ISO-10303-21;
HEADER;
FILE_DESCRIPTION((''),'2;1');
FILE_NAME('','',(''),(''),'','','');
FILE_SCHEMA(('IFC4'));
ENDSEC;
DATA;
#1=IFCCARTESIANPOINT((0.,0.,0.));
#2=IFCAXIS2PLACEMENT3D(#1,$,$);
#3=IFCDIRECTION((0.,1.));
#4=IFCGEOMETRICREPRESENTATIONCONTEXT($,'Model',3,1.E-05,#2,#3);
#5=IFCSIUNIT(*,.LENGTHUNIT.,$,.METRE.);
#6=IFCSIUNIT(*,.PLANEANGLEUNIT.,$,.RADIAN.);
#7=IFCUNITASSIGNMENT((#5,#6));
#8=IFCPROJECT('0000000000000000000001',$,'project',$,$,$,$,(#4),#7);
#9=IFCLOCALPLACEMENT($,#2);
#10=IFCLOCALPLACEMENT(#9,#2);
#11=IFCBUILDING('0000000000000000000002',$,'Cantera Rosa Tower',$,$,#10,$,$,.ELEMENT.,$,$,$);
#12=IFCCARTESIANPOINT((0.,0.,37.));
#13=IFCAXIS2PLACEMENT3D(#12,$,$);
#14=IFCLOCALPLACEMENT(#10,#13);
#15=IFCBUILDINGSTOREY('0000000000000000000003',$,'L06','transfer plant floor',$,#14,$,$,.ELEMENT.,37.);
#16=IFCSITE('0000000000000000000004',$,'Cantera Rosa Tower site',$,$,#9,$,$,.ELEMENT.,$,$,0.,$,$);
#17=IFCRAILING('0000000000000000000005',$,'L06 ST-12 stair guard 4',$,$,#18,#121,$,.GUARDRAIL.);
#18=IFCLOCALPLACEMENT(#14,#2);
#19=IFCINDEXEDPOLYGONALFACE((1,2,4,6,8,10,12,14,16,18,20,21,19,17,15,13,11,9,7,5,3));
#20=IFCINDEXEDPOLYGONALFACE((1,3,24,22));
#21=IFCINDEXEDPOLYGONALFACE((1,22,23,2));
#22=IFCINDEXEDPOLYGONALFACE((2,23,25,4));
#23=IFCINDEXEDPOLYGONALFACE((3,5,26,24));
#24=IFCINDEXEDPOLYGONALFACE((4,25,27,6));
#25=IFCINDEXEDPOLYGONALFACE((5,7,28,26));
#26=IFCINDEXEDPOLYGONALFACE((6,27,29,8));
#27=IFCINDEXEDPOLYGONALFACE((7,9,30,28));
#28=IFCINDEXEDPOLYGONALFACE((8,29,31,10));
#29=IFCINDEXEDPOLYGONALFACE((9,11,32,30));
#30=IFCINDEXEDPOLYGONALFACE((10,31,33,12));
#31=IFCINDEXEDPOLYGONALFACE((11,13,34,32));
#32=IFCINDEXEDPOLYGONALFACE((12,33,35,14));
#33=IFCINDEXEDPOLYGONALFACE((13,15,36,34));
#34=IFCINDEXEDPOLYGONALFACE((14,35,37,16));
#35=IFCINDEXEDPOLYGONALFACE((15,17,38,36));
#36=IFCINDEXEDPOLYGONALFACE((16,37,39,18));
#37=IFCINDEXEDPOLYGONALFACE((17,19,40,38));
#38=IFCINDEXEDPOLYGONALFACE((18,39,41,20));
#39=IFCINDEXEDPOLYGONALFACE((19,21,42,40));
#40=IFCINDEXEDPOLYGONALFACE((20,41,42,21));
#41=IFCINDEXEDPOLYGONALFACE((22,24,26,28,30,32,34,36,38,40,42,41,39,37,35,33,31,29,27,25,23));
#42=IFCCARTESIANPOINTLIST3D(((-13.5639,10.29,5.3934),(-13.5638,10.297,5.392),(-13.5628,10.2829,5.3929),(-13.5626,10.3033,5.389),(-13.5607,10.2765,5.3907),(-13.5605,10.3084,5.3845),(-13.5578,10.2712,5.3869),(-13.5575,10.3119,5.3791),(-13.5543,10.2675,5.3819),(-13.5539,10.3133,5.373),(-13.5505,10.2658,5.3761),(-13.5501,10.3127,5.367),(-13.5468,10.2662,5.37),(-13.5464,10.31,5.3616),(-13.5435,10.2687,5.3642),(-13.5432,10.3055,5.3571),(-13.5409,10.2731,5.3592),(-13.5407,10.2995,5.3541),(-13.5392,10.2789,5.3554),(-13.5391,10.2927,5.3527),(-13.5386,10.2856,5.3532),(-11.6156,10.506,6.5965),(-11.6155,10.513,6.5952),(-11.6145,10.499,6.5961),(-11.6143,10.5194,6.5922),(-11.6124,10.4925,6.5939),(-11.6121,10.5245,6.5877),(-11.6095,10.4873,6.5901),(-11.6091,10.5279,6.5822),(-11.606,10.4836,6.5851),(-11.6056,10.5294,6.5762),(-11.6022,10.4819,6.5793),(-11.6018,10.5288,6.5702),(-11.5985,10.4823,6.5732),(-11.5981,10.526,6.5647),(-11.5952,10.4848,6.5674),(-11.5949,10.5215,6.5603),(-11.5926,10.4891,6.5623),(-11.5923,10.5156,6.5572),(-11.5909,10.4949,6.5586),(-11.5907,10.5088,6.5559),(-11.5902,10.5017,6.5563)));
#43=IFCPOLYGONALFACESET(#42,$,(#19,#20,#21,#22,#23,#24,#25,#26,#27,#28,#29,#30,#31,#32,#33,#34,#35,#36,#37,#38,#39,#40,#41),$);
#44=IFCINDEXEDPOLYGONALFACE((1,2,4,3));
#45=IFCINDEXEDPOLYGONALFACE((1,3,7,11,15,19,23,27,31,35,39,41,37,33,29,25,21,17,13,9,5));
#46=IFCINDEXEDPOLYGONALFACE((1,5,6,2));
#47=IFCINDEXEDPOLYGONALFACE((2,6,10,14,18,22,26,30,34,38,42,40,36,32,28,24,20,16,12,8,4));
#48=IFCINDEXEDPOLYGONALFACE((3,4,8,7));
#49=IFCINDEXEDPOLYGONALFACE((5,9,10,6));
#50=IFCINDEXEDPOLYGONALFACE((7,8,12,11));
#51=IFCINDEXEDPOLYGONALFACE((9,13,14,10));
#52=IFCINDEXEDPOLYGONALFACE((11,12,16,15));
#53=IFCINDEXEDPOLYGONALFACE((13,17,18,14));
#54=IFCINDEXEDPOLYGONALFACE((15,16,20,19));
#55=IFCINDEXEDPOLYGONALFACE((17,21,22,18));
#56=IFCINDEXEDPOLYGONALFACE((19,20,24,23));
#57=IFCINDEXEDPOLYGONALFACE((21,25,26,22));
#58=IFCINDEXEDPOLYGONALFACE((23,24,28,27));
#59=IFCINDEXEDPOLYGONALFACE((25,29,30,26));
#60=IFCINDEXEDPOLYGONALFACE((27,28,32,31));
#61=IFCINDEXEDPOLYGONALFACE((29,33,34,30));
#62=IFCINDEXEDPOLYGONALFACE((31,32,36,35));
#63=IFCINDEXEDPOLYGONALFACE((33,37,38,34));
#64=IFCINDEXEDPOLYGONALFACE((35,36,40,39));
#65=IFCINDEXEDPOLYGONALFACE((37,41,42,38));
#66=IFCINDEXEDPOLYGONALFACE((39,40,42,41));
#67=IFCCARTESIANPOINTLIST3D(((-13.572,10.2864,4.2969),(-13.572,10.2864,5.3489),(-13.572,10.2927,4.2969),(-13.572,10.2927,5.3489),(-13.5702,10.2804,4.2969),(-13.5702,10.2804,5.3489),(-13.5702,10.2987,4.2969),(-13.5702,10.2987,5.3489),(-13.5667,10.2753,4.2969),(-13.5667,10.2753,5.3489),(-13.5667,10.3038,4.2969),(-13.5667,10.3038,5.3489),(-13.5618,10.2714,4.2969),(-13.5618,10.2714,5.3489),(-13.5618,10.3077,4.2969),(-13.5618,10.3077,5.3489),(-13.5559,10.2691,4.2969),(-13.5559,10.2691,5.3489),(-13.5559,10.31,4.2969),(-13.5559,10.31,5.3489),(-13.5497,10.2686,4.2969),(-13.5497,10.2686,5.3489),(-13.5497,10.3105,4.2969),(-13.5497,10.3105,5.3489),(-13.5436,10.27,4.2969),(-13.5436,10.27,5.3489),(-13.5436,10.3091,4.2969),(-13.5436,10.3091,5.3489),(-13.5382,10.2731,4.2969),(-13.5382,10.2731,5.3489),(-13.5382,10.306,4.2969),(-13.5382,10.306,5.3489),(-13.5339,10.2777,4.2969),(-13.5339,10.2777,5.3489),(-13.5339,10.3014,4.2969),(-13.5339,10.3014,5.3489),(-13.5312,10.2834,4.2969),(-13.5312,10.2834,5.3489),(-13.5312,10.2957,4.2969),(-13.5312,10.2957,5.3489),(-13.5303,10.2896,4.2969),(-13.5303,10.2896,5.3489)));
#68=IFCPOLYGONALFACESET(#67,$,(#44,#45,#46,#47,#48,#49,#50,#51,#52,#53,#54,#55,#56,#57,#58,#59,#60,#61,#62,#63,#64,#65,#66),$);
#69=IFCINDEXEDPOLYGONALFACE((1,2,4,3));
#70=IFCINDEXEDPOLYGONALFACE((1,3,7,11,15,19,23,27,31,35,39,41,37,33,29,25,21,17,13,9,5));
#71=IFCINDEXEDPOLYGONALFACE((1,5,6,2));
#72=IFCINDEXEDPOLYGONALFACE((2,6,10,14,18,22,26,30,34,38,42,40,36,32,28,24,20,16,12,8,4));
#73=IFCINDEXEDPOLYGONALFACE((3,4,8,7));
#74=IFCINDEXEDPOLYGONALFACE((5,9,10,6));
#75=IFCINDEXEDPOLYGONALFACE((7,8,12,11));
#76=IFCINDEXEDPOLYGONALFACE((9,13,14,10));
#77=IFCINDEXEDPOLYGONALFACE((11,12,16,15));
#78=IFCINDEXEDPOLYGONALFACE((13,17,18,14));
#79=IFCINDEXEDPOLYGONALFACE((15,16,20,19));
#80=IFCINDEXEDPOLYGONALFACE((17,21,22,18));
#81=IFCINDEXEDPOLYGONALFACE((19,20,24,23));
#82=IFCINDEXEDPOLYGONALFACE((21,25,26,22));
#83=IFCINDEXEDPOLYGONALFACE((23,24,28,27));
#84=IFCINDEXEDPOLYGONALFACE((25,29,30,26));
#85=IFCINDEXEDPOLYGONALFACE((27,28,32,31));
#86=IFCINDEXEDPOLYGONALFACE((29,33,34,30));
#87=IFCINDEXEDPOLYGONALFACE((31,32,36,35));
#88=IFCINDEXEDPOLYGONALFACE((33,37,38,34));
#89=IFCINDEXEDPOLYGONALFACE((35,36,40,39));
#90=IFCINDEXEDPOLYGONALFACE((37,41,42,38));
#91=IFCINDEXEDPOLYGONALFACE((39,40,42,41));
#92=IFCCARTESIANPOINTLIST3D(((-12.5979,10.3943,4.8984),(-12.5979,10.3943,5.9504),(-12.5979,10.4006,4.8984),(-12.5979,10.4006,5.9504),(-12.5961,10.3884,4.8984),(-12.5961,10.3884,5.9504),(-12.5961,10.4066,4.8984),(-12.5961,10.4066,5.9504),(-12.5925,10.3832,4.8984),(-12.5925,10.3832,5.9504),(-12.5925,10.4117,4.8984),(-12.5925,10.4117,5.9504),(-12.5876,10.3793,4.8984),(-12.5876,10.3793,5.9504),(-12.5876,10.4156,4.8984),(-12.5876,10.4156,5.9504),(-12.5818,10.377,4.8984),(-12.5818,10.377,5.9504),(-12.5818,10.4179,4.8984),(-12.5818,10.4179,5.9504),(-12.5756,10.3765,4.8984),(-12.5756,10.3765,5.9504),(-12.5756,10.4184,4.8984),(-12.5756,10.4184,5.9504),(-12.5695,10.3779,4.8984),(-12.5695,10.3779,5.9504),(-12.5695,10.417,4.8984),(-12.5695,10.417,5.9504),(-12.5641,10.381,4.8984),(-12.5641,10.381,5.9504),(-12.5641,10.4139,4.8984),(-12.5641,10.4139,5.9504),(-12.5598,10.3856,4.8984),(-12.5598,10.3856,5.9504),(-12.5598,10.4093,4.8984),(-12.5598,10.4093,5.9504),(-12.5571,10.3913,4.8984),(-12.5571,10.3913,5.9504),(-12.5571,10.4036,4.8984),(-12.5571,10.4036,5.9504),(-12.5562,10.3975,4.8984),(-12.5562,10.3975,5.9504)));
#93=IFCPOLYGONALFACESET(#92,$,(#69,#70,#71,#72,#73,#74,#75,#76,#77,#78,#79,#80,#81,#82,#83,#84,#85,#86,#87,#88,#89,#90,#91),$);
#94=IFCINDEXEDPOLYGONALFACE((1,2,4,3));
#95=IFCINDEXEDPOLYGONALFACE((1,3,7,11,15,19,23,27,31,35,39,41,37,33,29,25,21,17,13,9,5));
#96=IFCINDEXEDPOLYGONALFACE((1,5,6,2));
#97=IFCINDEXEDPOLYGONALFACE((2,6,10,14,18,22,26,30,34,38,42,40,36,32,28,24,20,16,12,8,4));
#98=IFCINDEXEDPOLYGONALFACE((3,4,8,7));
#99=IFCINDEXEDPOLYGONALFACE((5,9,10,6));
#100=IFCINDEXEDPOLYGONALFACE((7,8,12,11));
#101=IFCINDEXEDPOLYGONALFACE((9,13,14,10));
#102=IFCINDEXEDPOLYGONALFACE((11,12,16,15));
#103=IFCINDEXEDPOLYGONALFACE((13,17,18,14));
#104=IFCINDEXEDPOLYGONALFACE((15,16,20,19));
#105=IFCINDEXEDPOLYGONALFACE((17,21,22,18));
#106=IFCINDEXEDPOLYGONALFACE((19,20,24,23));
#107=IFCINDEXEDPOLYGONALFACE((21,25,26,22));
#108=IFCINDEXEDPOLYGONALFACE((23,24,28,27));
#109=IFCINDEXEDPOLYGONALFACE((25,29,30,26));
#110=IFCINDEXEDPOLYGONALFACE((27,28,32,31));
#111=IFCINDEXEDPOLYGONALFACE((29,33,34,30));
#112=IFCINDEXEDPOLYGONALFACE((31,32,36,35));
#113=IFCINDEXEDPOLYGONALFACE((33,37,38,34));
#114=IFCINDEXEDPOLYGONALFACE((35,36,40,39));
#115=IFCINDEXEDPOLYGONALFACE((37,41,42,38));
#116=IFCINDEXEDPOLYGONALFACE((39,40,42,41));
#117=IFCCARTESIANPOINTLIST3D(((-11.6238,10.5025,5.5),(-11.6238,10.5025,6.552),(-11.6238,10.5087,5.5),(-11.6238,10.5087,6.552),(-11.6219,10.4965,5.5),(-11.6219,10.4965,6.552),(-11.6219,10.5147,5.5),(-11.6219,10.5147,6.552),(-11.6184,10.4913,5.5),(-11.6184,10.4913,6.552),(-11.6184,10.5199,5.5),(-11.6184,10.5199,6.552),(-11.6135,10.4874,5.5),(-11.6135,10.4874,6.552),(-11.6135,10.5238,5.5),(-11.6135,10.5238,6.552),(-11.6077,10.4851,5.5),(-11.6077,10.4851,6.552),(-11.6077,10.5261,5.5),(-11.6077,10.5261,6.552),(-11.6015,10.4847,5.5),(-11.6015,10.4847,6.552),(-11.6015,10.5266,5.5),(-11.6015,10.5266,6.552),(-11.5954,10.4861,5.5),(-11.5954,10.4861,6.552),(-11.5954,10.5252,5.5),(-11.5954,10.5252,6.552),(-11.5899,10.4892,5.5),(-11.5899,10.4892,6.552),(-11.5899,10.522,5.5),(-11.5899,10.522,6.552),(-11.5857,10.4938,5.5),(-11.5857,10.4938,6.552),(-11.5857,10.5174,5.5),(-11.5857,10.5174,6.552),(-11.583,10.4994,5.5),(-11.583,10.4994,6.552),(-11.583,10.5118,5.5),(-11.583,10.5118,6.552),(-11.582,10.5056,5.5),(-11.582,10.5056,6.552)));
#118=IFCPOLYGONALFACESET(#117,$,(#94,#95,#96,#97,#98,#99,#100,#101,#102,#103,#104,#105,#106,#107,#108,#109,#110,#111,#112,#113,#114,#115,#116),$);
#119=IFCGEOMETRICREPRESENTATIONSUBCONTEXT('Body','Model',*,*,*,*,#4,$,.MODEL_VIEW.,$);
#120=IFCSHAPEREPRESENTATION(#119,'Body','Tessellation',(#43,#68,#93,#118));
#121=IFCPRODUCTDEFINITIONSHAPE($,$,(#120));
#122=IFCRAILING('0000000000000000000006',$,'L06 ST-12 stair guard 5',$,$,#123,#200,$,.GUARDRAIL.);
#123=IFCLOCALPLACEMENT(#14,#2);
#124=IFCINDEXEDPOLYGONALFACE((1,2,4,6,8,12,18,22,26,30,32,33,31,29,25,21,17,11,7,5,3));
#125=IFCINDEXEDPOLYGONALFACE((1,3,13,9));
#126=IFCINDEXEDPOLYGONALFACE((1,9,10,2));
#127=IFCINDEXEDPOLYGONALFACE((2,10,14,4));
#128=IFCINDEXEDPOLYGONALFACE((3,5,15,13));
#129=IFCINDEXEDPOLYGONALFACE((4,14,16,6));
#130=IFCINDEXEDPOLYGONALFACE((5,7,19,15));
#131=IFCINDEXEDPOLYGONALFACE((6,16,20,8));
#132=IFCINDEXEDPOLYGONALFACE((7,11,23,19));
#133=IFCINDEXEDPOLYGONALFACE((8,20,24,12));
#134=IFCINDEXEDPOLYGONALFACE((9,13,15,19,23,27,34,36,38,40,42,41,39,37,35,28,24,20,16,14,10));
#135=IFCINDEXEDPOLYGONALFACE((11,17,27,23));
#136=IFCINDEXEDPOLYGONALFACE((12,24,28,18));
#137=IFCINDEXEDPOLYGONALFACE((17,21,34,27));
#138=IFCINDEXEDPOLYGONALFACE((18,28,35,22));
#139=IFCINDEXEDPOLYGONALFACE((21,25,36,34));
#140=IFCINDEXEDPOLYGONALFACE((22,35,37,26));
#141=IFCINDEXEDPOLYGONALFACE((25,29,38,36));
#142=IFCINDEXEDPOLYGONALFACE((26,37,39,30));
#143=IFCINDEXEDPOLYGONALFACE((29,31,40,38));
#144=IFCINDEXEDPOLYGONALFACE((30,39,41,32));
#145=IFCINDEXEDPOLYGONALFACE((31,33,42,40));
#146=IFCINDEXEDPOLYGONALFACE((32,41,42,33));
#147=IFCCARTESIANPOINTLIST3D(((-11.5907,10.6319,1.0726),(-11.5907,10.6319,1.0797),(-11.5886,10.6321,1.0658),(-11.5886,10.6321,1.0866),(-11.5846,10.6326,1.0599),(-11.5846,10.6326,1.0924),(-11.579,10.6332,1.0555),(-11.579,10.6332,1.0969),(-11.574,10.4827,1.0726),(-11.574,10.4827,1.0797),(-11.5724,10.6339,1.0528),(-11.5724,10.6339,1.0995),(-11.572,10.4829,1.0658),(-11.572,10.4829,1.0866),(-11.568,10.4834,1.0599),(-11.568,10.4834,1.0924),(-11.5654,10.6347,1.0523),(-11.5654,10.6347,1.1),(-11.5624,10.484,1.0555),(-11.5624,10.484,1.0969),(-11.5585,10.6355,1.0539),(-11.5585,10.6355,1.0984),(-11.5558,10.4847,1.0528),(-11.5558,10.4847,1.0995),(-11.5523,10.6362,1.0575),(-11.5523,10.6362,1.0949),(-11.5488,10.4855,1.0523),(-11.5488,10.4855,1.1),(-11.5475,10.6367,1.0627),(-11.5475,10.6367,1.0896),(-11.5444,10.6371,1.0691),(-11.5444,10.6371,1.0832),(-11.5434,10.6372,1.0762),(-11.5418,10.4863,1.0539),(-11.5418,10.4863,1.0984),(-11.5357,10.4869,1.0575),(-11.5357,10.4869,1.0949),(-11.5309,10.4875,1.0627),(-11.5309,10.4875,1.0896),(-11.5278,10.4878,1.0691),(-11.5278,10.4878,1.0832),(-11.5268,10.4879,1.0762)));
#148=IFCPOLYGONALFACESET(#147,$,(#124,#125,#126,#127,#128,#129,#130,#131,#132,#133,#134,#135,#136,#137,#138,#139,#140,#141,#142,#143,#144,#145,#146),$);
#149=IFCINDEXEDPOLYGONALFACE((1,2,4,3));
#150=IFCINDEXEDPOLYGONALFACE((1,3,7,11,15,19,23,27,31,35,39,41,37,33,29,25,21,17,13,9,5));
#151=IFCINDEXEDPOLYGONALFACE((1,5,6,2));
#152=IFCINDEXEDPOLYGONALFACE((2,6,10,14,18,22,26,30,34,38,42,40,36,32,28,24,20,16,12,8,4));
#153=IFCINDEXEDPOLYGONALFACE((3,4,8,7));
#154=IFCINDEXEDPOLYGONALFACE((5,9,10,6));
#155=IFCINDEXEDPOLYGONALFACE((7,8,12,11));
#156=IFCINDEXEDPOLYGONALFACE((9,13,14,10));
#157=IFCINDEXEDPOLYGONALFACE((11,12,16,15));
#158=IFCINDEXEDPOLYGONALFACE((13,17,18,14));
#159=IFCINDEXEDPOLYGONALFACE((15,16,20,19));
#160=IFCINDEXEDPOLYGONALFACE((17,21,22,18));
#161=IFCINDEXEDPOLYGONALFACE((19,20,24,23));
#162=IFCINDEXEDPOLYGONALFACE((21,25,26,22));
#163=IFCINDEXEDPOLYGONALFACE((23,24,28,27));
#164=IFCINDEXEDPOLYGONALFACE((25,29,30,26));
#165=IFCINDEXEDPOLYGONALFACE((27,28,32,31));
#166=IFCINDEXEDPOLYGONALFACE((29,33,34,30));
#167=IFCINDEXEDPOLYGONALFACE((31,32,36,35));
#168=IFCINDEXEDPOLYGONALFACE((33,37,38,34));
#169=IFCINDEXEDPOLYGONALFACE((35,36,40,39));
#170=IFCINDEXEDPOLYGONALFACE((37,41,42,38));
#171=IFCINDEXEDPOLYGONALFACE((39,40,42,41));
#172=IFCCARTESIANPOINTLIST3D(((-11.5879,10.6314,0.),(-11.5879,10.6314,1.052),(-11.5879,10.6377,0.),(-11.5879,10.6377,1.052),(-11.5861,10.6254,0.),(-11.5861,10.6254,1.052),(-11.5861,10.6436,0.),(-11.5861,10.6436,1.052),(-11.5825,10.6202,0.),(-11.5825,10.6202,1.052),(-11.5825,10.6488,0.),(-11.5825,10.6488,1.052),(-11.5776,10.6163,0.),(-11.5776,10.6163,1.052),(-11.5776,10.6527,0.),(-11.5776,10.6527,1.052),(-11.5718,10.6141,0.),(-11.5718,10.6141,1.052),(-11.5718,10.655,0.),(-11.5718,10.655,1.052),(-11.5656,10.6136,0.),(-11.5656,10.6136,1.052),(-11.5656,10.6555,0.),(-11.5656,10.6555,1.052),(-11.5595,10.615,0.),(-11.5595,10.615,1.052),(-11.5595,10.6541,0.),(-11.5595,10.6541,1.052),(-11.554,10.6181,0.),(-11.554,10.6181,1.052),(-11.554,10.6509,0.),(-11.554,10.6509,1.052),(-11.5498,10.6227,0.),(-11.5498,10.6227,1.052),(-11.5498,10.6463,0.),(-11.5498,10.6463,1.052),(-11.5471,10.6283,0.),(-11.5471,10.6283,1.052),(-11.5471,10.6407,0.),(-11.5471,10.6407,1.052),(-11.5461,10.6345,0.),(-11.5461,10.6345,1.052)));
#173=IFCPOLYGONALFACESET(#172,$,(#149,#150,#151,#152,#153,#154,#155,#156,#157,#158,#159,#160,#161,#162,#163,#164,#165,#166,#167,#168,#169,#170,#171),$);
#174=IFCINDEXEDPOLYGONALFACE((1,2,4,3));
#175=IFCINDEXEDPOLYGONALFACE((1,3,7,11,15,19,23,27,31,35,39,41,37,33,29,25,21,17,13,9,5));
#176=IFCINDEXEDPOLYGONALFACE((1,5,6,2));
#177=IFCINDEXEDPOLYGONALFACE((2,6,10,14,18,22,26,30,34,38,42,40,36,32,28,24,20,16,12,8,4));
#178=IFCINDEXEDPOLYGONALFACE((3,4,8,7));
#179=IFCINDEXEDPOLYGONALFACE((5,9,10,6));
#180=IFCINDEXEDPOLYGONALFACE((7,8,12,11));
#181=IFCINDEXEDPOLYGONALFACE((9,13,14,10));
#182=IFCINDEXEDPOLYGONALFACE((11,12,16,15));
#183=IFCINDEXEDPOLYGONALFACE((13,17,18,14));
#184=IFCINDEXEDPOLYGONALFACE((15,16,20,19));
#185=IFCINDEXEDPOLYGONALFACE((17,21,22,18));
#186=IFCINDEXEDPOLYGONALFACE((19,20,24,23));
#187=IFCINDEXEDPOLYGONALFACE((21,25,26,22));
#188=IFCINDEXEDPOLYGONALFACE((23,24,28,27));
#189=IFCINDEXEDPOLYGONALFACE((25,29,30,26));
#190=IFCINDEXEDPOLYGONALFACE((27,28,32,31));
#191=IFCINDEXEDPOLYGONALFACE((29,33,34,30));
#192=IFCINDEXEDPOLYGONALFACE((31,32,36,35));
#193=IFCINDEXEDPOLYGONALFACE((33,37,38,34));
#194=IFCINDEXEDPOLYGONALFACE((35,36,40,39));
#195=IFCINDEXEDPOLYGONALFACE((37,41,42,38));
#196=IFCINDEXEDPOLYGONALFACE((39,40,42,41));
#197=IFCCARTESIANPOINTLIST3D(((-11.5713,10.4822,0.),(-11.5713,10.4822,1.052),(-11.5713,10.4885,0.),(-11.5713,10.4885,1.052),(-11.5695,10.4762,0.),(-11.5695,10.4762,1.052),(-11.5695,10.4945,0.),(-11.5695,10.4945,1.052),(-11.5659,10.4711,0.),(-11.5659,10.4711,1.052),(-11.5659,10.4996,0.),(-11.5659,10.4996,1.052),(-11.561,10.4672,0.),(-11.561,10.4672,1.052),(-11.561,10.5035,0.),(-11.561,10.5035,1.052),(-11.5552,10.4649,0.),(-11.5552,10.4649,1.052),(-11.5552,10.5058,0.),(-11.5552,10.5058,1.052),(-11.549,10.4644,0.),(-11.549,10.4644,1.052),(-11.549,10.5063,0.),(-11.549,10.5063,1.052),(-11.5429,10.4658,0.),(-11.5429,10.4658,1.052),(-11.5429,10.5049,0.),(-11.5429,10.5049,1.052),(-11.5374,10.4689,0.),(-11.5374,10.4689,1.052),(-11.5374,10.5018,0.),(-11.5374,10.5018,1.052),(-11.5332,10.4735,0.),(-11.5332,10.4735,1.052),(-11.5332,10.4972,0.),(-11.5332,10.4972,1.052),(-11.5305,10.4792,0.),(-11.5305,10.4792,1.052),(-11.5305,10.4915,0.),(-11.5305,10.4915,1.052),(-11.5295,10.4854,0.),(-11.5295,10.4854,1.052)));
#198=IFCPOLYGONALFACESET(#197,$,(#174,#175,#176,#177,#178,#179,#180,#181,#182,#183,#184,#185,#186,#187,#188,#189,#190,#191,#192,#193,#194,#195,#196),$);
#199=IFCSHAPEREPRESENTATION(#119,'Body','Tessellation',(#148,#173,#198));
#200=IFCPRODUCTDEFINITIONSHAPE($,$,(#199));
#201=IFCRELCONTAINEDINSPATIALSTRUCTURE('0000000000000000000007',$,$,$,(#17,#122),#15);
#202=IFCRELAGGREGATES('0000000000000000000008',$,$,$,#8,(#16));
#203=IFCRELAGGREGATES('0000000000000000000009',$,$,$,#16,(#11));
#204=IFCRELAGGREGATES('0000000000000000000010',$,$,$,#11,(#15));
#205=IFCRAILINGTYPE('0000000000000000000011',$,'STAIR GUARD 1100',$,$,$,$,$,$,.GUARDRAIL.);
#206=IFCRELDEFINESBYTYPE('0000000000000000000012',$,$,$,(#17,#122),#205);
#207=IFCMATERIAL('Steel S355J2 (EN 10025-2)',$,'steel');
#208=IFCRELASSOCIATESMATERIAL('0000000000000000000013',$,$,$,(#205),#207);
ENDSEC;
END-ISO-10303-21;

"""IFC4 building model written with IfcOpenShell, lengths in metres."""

from ifc_helpers import new_model, si_unit, direction, frame, origin, origin_2d, place, context, subcontext, project, spatial, circle, extrude, material, type_object, element, save


model = new_model("IFC4")

# Units and contexts
model_context = context("Model", 3, precision=1e-05, world=origin(), true_north=direction((0.0, 1.0)))
body_context = subcontext(model_context, "Body", "Model", "MODEL_VIEW")
ifc_project = project(units=[si_unit("LENGTHUNIT", "METRE"), si_unit("PLANEANGLEUNIT", "RADIAN")], contexts=[model_context])

# Site, building, storey
site_placement = place(None, origin())
site = spatial("IfcSite", under=ifc_project, at=site_placement, Name="Cantera Rosa Tower site", CompositionType="ELEMENT", RefElevation=0.0)
building_placement = place(site_placement, origin())
building = spatial("IfcBuilding", under=site, at=building_placement, Name="Cantera Rosa Tower", CompositionType="ELEMENT")
storey_placement = place(building_placement, frame((0.0, 0.0, 37.0)))
storey = spatial("IfcBuildingStorey", under=building, at=storey_placement, Name="L06", Description="transfer plant floor", CompositionType="ELEMENT", Elevation=37.0)

# Railings
ifc_material_1 = material(Name="Steel S355J2 (EN 10025-2)", Category="steel")
railing_type_1 = type_object("IfcRailingType", Name="STAIR GUARD 1100", PredefinedType="GUARDRAIL", material=ifc_material_1)
railing_1_placement = place(storey_placement, frame((-13.5513, 10.2896, 4.2969)))
element("IfcRailing", 1, at=railing_1_placement, inside=storey, type_object=railing_type_1, Name="L06 ST-12 stair guard 4", PredefinedType="GUARDRAIL", context=body_context, shape_type="SweptSolid", body=[
    extrude(circle(Radius=0.0239, at=origin_2d()), frame((0.0, 0.0, 1.0762), z_axis=(0.847075, 0.093942, 0.523106), x_axis=(-0.110226, 0.993906, 0.0)), (0.0, 0.0, 1.0), 2.3),
    extrude(circle(Radius=0.021, at=origin_2d()), origin(), (0.0, 0.0, 1.0), 1.052),
    extrude(circle(Radius=0.021, at=origin_2d()), frame((0.9741, 0.1079, 0.6016)), (0.0, 0.0, 1.0), 1.052),
    extrude(circle(Radius=0.021, at=origin_2d()), frame((1.9482, 0.2161, 1.2031)), (0.0, 0.0, 1.0), 1.052),
])
railing_2_placement = place(storey_placement, frame((-11.5671, 10.6345, 0.0)))
element("IfcRailing", 2, at=railing_2_placement, inside=storey, type_object=railing_type_1, Name="L06 ST-12 stair guard 5", PredefinedType="GUARDRAIL", context=body_context, shape_type="SweptSolid", body=[
    extrude(circle(Radius=0.0239, at=origin_2d()), frame((0.0, 0.0, 1.0762), z_axis=(0.11061, -0.993864, 0.0), x_axis=(0.993864, 0.11061, 0.0)), (0.0, 0.0, 1.0), 0.1501),
    extrude(circle(Radius=0.021, at=origin_2d()), origin(), (0.0, 0.0, 1.0), 1.052),
    extrude(circle(Radius=0.021, at=origin_2d()), frame((0.0166, -0.1492, 0.0)), (0.0, 0.0, 1.0), 1.052),
])

save(model, "model.ifc")
